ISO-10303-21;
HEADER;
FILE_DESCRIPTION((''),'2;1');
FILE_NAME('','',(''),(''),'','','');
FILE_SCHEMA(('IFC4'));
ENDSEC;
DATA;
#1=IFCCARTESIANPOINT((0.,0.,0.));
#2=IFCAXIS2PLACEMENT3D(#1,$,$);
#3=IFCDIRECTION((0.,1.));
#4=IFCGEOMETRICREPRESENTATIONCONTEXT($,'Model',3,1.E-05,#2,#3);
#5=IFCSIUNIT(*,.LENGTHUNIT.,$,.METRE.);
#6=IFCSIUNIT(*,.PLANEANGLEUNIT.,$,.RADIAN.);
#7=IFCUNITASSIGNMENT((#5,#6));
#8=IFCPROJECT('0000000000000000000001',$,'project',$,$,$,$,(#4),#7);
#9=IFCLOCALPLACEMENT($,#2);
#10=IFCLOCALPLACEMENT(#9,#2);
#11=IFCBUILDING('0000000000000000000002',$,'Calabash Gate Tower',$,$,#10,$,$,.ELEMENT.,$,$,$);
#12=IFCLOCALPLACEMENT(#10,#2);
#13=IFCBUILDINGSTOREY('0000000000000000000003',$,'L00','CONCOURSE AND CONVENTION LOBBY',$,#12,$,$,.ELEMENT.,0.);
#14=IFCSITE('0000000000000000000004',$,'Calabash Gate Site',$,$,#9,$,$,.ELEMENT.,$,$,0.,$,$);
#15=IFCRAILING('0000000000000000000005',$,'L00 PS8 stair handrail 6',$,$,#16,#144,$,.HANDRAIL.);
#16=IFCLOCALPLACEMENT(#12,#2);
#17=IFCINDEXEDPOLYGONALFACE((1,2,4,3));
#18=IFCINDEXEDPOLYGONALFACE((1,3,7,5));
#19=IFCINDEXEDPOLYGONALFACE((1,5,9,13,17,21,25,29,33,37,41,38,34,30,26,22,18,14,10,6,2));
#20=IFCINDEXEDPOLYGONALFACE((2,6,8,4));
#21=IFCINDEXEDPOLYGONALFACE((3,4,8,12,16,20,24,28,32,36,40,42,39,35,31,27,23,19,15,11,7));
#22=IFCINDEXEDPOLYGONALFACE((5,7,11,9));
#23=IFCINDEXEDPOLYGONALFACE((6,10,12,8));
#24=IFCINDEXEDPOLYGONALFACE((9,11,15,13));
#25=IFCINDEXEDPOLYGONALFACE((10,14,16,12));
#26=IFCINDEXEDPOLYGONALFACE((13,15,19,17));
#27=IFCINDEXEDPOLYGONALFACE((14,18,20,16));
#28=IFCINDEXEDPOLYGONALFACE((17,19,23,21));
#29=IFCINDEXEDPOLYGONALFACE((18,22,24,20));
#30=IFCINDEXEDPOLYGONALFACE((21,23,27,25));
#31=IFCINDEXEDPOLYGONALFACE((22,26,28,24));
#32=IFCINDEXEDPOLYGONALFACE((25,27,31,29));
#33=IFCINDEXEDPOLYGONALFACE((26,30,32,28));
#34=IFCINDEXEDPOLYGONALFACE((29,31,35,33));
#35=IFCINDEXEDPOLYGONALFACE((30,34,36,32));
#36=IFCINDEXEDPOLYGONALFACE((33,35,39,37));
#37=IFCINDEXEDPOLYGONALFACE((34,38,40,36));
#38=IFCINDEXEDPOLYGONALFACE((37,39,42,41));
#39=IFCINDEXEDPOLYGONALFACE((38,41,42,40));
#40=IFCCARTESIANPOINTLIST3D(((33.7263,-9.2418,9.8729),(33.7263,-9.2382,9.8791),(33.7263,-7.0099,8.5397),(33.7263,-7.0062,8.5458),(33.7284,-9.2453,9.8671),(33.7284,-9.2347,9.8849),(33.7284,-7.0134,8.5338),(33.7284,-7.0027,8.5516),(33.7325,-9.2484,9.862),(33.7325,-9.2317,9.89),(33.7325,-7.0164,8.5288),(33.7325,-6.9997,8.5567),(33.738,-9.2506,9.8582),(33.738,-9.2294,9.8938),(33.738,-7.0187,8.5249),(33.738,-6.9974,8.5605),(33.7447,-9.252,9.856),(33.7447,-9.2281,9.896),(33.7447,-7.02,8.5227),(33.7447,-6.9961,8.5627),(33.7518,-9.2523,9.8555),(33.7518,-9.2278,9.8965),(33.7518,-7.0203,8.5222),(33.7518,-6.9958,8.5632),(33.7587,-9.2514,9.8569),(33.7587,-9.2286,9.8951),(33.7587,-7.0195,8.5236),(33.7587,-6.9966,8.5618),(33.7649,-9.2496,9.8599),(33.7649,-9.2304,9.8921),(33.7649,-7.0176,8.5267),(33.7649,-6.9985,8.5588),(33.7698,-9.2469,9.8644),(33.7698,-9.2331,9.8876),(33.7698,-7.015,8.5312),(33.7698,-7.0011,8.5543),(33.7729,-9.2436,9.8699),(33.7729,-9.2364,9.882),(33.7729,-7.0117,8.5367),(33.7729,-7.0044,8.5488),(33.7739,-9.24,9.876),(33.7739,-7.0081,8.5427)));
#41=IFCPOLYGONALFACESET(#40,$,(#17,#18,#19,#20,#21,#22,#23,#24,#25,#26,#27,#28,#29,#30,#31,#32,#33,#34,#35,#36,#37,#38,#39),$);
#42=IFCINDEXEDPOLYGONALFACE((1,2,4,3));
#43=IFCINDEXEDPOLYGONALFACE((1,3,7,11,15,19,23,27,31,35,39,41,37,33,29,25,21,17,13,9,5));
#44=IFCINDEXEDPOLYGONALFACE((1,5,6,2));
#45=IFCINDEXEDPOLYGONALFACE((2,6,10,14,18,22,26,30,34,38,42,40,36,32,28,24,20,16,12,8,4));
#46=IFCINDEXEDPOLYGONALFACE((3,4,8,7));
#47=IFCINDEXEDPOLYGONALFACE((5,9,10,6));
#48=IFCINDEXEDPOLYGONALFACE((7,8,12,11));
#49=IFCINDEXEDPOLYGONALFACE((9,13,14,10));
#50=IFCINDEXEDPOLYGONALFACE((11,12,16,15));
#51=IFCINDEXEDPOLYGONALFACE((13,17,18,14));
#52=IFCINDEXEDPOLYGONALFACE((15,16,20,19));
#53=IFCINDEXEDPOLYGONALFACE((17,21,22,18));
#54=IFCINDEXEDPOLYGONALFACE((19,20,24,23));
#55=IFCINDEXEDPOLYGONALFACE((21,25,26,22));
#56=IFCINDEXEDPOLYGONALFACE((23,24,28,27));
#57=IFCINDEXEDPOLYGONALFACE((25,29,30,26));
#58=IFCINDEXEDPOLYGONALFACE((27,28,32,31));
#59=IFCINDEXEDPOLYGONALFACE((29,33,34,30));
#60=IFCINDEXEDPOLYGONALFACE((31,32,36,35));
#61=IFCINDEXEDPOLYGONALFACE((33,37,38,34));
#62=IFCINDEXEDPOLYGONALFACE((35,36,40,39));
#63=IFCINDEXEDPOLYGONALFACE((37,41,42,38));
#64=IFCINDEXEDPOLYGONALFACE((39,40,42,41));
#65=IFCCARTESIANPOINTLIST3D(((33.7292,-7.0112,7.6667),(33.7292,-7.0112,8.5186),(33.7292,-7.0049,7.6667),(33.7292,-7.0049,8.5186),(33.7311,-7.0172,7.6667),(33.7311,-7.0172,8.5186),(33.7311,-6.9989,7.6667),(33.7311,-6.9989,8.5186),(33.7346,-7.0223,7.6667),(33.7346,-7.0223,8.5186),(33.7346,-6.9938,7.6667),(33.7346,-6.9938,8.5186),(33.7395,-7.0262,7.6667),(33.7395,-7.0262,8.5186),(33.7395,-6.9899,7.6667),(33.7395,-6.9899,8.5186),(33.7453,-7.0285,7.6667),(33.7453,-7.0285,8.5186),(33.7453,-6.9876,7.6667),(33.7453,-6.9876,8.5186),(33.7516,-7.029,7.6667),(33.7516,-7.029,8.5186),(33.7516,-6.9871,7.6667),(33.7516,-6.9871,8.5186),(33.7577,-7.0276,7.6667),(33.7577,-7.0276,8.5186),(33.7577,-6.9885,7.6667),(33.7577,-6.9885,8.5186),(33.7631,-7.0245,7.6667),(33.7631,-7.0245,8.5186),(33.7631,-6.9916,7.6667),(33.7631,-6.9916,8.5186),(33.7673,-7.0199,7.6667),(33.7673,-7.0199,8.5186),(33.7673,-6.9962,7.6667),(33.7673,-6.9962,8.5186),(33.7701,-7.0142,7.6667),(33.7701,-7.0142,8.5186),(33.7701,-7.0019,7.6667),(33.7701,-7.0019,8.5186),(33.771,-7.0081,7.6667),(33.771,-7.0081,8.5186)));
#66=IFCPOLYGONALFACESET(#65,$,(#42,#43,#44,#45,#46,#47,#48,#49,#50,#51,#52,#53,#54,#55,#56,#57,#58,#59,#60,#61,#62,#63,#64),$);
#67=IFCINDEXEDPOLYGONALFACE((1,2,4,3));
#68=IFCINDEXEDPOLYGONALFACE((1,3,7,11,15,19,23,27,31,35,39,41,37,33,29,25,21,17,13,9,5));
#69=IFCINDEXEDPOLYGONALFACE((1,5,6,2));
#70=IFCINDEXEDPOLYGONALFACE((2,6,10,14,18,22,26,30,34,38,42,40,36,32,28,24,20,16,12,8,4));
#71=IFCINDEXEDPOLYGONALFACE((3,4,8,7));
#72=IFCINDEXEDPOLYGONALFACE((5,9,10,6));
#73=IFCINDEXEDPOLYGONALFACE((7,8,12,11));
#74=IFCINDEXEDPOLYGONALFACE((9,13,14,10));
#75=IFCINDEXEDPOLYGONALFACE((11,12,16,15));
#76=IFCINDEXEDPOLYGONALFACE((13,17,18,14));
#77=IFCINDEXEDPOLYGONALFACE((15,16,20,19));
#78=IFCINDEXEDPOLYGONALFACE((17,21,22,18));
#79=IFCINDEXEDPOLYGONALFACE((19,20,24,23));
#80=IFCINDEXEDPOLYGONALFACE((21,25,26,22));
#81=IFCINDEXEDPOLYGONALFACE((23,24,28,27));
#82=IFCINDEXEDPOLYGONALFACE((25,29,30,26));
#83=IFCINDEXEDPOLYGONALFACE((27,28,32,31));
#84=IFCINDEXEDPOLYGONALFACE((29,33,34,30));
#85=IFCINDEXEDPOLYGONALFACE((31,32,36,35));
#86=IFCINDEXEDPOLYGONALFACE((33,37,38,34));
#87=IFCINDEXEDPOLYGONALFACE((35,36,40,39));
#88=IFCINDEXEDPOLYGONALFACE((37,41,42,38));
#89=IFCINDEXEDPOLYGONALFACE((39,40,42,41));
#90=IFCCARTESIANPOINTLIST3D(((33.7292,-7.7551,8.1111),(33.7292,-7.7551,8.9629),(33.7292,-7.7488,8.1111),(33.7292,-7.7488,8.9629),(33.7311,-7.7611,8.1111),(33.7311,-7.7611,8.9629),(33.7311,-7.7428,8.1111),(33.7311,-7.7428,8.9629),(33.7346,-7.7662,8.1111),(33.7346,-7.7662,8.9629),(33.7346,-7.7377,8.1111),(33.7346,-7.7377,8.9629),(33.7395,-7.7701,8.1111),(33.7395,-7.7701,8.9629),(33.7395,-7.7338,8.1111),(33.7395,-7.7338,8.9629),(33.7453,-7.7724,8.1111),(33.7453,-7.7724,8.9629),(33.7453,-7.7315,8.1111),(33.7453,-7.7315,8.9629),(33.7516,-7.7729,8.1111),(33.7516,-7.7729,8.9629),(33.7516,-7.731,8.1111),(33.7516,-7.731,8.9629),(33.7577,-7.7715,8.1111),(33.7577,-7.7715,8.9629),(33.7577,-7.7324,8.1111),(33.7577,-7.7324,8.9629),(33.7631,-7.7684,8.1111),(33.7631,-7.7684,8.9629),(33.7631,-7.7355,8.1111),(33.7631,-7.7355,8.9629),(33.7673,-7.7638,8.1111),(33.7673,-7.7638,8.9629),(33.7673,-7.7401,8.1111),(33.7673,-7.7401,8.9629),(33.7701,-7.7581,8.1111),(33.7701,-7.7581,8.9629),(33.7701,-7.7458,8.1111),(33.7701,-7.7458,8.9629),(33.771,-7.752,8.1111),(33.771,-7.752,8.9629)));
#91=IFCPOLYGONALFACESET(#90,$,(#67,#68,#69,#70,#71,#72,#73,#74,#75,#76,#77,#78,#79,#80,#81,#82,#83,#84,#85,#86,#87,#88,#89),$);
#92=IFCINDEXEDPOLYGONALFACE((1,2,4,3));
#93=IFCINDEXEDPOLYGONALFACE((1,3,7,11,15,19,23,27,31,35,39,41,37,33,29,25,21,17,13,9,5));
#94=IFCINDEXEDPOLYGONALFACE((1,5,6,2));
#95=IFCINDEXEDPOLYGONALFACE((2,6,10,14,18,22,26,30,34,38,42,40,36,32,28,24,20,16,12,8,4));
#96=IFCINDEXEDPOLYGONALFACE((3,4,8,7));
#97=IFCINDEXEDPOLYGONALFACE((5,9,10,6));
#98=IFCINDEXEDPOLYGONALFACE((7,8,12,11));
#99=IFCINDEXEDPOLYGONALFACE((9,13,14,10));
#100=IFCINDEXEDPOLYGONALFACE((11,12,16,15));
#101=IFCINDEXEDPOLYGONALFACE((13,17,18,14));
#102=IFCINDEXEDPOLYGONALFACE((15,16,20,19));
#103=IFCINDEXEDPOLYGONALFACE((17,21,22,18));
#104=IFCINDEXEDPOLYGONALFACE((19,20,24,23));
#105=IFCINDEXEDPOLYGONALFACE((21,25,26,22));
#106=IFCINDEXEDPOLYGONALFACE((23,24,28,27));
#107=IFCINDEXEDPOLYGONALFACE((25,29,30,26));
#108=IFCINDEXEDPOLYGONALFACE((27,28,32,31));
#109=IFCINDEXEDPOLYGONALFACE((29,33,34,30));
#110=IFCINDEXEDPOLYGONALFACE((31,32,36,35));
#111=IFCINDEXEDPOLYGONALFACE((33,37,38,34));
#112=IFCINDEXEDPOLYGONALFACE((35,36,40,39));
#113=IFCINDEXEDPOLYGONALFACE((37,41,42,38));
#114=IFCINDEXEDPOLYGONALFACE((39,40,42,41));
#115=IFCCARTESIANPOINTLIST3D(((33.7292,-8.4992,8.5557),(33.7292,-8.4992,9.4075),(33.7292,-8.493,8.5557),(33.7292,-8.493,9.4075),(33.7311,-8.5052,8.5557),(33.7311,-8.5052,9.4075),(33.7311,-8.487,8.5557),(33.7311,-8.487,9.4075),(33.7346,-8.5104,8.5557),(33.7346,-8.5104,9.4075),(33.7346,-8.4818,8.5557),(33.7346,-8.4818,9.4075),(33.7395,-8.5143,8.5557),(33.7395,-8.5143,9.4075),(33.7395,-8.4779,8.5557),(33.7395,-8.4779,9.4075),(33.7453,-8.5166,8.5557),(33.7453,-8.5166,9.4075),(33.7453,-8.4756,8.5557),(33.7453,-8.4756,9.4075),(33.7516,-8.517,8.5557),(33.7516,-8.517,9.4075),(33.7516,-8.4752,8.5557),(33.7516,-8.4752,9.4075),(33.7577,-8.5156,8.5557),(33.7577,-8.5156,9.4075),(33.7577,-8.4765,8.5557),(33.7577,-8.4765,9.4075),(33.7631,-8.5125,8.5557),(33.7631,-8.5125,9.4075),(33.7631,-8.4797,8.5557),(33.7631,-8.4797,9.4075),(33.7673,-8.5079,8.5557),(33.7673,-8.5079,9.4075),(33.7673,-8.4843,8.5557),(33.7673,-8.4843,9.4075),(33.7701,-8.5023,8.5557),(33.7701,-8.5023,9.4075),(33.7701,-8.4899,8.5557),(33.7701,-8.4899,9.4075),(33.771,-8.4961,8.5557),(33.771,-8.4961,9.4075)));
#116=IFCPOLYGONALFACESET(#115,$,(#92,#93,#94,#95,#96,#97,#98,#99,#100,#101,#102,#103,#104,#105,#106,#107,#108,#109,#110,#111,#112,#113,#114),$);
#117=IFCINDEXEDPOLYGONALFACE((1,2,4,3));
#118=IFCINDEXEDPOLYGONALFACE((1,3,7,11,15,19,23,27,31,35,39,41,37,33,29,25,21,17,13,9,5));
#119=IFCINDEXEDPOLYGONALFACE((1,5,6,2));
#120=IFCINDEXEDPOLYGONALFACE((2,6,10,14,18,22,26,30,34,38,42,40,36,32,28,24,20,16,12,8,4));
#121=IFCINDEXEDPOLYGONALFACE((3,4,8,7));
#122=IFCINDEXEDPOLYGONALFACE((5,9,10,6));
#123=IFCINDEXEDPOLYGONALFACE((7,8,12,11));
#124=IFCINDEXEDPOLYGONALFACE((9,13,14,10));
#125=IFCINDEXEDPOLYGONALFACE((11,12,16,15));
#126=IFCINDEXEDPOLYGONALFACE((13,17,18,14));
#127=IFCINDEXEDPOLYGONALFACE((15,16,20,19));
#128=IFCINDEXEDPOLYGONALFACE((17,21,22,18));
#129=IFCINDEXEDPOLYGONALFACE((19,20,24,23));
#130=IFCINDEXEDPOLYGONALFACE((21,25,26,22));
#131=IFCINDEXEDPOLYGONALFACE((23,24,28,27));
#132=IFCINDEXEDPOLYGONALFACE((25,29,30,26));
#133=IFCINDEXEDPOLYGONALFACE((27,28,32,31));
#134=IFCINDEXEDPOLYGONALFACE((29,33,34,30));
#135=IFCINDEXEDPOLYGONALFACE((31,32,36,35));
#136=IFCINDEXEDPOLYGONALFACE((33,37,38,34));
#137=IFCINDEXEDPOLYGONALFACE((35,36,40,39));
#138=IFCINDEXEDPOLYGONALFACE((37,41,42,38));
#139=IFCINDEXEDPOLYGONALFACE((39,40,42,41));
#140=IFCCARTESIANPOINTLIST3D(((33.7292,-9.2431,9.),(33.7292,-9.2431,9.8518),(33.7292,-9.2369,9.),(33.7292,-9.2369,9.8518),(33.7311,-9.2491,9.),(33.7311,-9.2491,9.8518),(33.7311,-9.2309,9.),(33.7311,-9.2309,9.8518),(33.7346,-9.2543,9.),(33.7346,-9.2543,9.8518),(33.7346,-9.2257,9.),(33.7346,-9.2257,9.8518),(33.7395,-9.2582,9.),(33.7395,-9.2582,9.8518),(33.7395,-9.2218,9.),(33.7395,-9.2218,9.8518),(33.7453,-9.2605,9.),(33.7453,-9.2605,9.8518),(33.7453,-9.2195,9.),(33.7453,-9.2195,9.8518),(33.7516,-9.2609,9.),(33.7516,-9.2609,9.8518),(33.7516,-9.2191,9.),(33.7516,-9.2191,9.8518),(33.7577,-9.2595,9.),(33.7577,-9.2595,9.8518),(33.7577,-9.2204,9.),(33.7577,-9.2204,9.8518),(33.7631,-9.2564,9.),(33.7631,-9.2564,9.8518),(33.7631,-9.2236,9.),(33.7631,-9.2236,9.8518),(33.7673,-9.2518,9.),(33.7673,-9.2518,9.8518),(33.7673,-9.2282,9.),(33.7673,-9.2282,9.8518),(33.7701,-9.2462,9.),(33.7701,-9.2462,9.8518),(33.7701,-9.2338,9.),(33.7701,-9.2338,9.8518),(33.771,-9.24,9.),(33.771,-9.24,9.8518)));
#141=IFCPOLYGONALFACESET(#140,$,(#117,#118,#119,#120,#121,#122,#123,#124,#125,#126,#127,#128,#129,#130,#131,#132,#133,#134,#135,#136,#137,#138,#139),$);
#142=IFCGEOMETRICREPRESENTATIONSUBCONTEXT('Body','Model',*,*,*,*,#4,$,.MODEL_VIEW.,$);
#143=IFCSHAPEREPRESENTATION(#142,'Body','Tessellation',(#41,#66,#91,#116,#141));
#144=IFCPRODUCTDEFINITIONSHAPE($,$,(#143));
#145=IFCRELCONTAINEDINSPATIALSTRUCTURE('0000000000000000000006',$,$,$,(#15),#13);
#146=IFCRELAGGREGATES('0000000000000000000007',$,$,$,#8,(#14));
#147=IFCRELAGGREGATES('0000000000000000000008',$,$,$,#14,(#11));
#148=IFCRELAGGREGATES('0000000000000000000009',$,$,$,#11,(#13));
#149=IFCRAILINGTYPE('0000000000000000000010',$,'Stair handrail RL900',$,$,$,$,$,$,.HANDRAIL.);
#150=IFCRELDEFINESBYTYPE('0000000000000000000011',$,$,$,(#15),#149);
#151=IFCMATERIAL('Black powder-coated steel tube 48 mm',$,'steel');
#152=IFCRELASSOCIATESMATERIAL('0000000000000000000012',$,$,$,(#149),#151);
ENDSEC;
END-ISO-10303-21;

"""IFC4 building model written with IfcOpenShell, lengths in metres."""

from ifc_helpers import new_model, si_unit, direction, frame, origin, origin_2d, place, context, subcontext, project, spatial, circle, extrude, material, type_object, element, save


model = new_model("IFC4")

# Units and contexts
model_context = context("Model", 3, precision=1e-05, world=origin(), true_north=direction((0.0, 1.0)))
body_context = subcontext(model_context, "Body", "Model", "MODEL_VIEW")
ifc_project = project(units=[si_unit("LENGTHUNIT", "METRE"), si_unit("PLANEANGLEUNIT", "RADIAN")], contexts=[model_context])

# Site, building, storey
site_placement = place(None, origin())
site = spatial("IfcSite", under=ifc_project, at=site_placement, Name="Calabash Gate Site", CompositionType="ELEMENT", RefElevation=0.0)
building_placement = place(site_placement, origin())
building = spatial("IfcBuilding", under=site, at=building_placement, Name="Calabash Gate Tower", CompositionType="ELEMENT")
storey_placement = place(building_placement, origin())
storey = spatial("IfcBuildingStorey", under=building, at=storey_placement, Name="L00", Description="CONCOURSE AND CONVENTION LOBBY", CompositionType="ELEMENT", Elevation=0.0)

# Railing
ifc_material_1 = material(Name="Black powder-coated steel tube 48 mm", Category="steel")
railing_type_1 = type_object("IfcRailingType", Name="Stair handrail RL900", PredefinedType="HANDRAIL", material=ifc_material_1)
for number, where, name in (
    (1, (33.75, -7.0081, 7.6667), "L00 PS8 stair handrail 6"),
):
    element("IfcRailing", number, at=place(storey_placement, frame(where)), inside=storey, type_object=railing_type_1, Name=name, PredefinedType="HANDRAIL", context=body_context, shape_type="SweptSolid", body=[
        extrude(circle(Radius=0.0239, at=origin_2d()), frame((0.0, 0.0, 0.876), z_axis=(0.0, -0.858494, 0.512824), x_axis=(1.0, 0.0, 0.0)), (0.0, 0.0, 1.0), 2.5999),
        extrude(circle(Radius=0.021, at=origin_2d()), origin(), (0.0, 0.0, 1.0), 0.8518),
        extrude(circle(Radius=0.021, at=origin_2d()), frame((0.0, -0.7439, 0.4443)), (0.0, 0.0, 1.0), 0.8518),
        extrude(circle(Radius=0.021, at=origin_2d()), frame((0.0, -1.488, 0.8889)), (0.0, 0.0, 1.0), 0.8518),
        extrude(circle(Radius=0.021, at=origin_2d()), frame((0.0, -2.2319, 1.3333)), (0.0, 0.0, 1.0), 0.8518),
    ])

save(model, "model.ifc")
